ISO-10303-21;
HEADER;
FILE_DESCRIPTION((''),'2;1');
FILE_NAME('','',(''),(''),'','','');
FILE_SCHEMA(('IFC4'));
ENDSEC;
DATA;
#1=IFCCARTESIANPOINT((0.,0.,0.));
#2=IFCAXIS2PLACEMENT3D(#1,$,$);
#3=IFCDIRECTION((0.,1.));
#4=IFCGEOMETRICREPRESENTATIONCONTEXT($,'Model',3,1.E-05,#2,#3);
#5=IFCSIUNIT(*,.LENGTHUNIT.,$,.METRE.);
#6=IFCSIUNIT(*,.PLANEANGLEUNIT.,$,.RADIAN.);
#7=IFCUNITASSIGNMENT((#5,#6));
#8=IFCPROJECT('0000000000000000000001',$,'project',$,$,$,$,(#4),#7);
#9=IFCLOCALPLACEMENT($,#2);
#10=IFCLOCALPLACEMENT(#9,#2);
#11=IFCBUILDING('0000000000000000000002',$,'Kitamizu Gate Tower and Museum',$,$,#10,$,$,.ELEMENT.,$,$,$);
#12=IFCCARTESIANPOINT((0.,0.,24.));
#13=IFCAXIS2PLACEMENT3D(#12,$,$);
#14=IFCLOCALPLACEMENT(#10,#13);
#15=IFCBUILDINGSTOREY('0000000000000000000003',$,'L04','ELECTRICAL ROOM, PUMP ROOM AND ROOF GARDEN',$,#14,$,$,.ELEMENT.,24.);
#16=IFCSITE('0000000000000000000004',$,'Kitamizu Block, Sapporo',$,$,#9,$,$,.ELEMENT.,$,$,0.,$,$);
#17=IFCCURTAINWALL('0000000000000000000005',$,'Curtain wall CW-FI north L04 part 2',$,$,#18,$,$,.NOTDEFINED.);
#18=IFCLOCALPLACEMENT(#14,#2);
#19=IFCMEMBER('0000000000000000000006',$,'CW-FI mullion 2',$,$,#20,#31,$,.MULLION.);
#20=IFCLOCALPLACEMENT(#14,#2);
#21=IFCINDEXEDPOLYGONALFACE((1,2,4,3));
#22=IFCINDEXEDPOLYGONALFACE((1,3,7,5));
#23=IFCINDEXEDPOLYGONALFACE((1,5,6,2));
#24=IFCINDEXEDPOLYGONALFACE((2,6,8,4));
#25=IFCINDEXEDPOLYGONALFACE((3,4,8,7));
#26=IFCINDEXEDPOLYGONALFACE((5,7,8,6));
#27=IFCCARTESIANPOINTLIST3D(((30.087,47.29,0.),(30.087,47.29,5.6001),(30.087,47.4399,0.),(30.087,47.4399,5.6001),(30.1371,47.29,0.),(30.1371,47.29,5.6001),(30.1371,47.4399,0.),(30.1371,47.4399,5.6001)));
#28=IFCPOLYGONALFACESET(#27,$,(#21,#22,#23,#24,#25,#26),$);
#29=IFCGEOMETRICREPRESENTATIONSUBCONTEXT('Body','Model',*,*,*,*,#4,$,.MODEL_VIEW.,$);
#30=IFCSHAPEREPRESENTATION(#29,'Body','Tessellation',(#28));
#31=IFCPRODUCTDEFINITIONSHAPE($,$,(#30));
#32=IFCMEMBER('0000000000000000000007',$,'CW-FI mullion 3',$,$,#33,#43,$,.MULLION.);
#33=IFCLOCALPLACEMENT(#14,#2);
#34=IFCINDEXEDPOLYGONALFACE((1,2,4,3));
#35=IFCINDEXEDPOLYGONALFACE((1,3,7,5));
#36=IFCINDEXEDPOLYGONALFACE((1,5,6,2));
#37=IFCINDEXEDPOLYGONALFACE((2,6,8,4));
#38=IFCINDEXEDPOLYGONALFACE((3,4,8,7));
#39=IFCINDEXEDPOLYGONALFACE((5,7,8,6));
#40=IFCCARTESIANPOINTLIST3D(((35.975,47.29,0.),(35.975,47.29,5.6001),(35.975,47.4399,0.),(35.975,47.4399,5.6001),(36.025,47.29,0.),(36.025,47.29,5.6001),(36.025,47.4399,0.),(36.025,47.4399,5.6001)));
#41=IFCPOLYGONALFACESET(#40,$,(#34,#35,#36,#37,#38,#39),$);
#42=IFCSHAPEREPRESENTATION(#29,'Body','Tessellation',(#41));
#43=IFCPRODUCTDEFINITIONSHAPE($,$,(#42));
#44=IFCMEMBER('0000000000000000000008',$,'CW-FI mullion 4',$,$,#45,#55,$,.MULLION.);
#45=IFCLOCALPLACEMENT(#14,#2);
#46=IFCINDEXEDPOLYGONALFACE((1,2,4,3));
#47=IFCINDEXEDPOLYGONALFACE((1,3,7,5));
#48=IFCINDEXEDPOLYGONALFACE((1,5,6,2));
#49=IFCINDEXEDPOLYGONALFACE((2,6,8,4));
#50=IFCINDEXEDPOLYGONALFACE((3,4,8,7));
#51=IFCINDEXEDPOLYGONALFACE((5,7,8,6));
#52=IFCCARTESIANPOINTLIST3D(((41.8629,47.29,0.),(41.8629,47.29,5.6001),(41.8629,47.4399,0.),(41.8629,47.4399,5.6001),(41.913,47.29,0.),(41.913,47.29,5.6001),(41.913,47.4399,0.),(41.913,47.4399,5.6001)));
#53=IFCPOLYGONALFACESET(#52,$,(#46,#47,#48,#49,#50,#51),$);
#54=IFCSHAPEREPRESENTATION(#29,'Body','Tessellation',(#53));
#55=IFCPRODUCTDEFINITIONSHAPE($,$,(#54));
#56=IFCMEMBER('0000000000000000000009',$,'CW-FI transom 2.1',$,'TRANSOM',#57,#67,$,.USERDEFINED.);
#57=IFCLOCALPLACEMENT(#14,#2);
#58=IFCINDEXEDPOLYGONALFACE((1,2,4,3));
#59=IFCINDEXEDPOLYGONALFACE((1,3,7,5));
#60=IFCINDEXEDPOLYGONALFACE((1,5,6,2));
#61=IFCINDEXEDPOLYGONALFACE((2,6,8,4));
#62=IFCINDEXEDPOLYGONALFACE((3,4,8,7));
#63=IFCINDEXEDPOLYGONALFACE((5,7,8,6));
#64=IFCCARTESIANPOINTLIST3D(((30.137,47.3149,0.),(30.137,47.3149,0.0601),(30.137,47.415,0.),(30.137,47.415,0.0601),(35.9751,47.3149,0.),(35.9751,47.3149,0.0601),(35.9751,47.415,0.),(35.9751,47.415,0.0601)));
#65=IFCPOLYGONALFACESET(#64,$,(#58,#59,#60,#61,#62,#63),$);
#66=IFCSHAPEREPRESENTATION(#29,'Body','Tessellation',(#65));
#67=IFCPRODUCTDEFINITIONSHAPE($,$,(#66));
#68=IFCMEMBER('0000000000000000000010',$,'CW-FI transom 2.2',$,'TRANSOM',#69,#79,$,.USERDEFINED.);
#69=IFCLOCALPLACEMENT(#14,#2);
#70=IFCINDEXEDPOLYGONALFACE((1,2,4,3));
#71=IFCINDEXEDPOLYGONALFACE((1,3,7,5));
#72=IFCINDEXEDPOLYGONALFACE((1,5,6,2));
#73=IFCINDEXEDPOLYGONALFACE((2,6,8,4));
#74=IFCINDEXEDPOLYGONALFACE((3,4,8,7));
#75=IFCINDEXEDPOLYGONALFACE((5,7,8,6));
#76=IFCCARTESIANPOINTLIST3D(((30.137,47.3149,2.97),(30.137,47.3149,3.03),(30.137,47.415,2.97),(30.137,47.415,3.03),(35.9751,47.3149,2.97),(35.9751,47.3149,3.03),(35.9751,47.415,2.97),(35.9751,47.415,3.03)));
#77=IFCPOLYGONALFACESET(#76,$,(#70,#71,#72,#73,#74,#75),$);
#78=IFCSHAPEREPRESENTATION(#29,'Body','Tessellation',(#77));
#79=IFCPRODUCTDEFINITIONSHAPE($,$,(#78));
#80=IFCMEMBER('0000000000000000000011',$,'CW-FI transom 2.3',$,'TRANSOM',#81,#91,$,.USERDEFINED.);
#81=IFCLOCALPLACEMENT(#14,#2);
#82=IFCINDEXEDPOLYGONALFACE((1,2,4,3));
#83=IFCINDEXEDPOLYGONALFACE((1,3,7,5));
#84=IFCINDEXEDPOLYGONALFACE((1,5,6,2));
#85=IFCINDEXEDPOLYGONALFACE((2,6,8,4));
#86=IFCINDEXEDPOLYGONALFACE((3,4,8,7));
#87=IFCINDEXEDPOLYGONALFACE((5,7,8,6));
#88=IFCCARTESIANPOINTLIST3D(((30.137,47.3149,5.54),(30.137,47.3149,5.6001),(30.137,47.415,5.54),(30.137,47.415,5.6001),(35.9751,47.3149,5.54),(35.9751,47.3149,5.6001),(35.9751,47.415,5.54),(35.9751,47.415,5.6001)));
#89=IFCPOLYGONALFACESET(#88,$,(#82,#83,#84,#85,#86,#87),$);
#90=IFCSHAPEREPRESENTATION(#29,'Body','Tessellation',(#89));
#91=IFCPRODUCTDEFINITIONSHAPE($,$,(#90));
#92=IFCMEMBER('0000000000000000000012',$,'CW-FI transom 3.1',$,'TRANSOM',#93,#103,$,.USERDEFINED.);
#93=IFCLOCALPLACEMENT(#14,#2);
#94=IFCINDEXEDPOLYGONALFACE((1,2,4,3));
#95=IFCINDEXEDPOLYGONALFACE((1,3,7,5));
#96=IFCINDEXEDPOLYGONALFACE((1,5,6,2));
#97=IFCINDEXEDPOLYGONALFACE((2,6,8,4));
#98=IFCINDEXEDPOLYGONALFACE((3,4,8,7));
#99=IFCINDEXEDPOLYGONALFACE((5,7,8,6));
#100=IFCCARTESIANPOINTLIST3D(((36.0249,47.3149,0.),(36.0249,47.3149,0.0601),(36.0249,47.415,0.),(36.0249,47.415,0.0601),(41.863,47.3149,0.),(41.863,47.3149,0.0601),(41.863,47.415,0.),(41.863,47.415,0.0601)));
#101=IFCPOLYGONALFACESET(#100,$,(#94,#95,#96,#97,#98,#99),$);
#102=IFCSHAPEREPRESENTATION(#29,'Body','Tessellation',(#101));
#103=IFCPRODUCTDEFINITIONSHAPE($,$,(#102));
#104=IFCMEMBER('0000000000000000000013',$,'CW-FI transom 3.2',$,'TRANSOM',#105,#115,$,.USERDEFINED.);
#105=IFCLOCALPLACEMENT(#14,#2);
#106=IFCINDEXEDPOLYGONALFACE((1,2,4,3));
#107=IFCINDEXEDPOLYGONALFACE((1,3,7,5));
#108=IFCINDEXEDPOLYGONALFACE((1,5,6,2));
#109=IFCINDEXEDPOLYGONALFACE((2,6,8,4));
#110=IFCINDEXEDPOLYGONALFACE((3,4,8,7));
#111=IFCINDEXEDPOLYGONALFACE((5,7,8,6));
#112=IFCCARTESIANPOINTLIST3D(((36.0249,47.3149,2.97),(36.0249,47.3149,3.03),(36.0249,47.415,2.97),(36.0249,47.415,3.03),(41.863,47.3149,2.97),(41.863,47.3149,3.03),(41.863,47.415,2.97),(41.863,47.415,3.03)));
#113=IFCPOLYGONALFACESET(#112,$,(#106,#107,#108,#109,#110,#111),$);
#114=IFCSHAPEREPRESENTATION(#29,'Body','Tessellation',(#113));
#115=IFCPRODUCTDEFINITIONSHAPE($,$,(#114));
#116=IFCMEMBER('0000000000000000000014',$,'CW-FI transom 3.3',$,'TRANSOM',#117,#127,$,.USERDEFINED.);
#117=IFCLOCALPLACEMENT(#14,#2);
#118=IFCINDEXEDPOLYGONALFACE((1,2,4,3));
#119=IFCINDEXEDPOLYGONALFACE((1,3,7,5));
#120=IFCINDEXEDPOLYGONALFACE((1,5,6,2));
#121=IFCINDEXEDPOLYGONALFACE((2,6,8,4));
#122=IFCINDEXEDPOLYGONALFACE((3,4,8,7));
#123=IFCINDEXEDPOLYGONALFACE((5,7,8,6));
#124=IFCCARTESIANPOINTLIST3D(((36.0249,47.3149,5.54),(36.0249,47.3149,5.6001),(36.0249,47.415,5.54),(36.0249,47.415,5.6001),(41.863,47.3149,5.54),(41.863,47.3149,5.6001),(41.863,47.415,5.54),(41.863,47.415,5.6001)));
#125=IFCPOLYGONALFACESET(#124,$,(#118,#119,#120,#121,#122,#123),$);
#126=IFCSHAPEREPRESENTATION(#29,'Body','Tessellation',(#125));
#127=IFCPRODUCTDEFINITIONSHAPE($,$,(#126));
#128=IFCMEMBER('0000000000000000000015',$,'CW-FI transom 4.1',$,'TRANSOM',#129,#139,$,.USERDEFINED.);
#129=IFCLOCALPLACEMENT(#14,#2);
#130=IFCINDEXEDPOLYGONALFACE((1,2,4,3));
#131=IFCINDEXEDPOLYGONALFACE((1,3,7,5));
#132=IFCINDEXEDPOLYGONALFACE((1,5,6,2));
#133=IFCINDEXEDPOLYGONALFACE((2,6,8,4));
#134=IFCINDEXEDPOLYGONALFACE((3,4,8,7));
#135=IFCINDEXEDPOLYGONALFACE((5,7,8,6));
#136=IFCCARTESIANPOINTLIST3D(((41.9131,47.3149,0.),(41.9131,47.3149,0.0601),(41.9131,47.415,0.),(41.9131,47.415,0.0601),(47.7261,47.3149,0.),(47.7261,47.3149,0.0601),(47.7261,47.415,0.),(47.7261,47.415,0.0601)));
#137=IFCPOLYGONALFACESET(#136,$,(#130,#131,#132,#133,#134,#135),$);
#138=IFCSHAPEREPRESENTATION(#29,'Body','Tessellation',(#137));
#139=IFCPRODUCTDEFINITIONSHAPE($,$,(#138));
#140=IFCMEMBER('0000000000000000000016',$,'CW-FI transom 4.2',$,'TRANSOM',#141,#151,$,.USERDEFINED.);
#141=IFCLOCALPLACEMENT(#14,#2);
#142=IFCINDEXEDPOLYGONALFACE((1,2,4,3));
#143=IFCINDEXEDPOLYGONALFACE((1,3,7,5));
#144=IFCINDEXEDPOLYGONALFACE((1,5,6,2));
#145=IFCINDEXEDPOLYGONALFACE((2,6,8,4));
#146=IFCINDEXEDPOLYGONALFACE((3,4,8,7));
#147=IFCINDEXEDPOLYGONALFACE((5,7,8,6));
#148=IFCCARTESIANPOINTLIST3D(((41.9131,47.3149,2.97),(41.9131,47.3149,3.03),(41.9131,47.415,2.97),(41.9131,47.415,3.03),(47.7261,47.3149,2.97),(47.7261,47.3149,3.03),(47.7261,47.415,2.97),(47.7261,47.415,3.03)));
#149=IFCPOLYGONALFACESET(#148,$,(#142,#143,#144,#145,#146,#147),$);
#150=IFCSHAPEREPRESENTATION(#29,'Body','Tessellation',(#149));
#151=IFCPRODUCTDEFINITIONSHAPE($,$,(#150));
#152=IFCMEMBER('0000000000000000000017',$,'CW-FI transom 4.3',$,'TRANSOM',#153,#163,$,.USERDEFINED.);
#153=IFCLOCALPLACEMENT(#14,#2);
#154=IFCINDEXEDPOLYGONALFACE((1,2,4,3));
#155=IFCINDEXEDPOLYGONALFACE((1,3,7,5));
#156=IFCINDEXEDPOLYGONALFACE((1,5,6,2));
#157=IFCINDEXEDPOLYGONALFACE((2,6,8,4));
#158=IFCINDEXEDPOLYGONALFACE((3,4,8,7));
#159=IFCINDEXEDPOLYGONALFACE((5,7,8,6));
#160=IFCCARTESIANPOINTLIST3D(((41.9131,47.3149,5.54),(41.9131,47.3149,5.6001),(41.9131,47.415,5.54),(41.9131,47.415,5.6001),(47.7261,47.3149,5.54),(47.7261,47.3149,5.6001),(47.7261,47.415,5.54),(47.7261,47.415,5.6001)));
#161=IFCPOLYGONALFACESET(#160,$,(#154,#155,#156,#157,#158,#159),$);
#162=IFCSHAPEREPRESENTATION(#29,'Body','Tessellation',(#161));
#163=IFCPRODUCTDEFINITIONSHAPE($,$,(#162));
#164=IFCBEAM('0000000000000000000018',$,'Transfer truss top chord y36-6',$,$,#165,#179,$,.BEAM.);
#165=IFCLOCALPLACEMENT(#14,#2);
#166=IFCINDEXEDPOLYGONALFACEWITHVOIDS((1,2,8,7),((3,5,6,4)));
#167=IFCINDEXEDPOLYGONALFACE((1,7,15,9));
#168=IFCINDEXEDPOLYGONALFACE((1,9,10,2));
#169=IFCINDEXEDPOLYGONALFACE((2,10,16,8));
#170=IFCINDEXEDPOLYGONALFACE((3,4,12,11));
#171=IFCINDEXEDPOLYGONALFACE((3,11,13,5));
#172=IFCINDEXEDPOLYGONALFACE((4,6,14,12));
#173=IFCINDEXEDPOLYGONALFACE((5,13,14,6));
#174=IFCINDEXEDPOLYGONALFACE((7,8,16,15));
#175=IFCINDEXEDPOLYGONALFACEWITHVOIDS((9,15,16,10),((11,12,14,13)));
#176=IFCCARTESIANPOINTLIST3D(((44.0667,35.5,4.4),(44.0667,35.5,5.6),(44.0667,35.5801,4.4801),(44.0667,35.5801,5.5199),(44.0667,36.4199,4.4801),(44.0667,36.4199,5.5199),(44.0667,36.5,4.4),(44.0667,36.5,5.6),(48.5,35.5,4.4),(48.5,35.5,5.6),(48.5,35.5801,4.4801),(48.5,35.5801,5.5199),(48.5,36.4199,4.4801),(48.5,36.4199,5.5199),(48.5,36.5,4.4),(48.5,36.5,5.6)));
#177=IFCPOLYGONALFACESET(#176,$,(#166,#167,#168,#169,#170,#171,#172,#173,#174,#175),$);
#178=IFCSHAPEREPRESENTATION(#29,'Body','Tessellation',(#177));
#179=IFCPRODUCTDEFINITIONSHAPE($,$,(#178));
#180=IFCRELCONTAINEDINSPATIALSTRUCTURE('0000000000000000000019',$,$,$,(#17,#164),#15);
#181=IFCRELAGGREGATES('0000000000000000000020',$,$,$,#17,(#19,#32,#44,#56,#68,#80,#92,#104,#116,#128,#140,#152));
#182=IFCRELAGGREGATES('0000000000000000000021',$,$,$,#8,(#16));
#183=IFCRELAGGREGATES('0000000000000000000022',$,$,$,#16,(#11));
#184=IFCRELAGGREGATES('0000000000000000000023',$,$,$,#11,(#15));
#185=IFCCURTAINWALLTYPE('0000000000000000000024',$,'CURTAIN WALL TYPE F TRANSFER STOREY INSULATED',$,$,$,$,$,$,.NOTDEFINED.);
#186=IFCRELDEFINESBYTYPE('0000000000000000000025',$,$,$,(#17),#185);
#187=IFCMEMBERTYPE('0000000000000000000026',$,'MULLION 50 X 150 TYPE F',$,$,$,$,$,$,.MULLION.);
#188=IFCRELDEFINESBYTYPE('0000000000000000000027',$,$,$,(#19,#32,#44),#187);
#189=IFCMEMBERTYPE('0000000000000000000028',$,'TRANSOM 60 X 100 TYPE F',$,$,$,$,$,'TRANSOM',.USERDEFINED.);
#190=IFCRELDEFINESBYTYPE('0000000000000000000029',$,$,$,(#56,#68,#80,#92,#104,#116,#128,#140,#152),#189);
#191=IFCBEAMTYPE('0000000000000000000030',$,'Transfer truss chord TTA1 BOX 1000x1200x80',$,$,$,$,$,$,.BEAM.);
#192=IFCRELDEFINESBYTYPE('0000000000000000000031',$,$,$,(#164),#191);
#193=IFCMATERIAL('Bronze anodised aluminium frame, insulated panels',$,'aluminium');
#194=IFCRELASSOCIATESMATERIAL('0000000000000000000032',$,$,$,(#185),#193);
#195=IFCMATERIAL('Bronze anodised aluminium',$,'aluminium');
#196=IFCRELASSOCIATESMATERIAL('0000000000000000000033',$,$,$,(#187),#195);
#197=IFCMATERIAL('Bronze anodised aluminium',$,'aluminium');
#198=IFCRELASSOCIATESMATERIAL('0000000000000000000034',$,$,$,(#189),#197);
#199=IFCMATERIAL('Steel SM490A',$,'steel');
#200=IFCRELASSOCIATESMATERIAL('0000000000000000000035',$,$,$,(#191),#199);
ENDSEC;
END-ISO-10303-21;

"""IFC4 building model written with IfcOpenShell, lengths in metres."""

from ifc_helpers import new_model, si_unit, direction, frame, origin, origin_2d, place, context, subcontext, project, spatial, rectangle, hollow_rectangle, extrude, material, material_profile, profile_set, type_object, element, aggregate, save


model = new_model("IFC4")

# Units and contexts
model_context = context("Model", 3, precision=1e-05, world=origin(), true_north=direction((0.0, 1.0)))
body_context = subcontext(model_context, "Body", "Model", "MODEL_VIEW")
ifc_project = project(units=[si_unit("LENGTHUNIT", "METRE"), si_unit("PLANEANGLEUNIT", "RADIAN")], contexts=[model_context])

# Site, building, storey
site_placement = place(None, origin())
site = spatial("IfcSite", under=ifc_project, at=site_placement, Name="Kitamizu Block, Sapporo", CompositionType="ELEMENT", RefElevation=0.0)
building_placement = place(site_placement, origin())
building = spatial("IfcBuilding", under=site, at=building_placement, Name="Kitamizu Gate Tower and Museum", CompositionType="ELEMENT")
storey_placement = place(building_placement, frame((0.0, 0.0, 24.0)))
storey = spatial("IfcBuildingStorey", under=building, at=storey_placement, Name="L04", Description="ELECTRICAL ROOM, PUMP ROOM AND ROOF GARDEN", CompositionType="ELEMENT", Elevation=24.0)

# Curtain wall, members
ifc_material_1 = material(Name="Bronze anodised aluminium frame, insulated panels", Category="aluminium")
curtain_wall_type = type_object("IfcCurtainWallType", Name="CURTAIN WALL TYPE F TRANSFER STOREY INSULATED", PredefinedType="NOTDEFINED", material=ifc_material_1)
curtain_wall_placement = place(storey_placement, origin())
curtain_wall = element("IfcCurtainWall", 1, at=curtain_wall_placement, inside=storey, type_object=curtain_wall_type, Name="Curtain wall CW-FI north L04 part 2", PredefinedType="NOTDEFINED")
ifc_material_2 = material(Name="Bronze anodised aluminium", Category="aluminium")
ifc_material_profile_1 = material_profile(ifc_material_2, rectangle(XDim=0.05, YDim=0.1499, at=origin_2d()), Name="AL 50X150")
ifc_profile_set_1 = profile_set([ifc_material_profile_1], Name="Bronze anodised aluminium")
member_type_1 = type_object("IfcMemberType", Name="MULLION 50 X 150 TYPE F", PredefinedType="MULLION", material=ifc_profile_set_1)
member_1_placement = place(storey_placement, frame((30.1121, 47.365, 0.0), z_axis=(0.0, 0.0, 1.0), x_axis=(1.0, 0.0, 0.0)))
member_1 = element("IfcMember", 2, at=member_1_placement, type_object=member_type_1, Name="CW-FI mullion 2", PredefinedType="MULLION", context=body_context, shape_type="SweptSolid", body=[
    extrude(rectangle(XDim=0.05, YDim=0.1499, at=origin_2d()), origin(), (0.0, 0.0, 1.0), 5.6001),
])
member_2_placement = place(storey_placement, frame((36.0, 47.365, 0.0), z_axis=(0.0, 0.0, 1.0), x_axis=(1.0, 0.0, 0.0)))
member_2 = element("IfcMember", 3, at=member_2_placement, type_object=member_type_1, Name="CW-FI mullion 3", PredefinedType="MULLION", context=body_context, shape_type="SweptSolid", body=[
    extrude(rectangle(XDim=0.05, YDim=0.1499, at=origin_2d()), origin(), (0.0, 0.0, 1.0), 5.6001),
])
member_3_placement = place(storey_placement, frame((41.8879, 47.365, 0.0), z_axis=(0.0, 0.0, 1.0), x_axis=(1.0, 0.0, 0.0)))
member_3 = element("IfcMember", 4, at=member_3_placement, type_object=member_type_1, Name="CW-FI mullion 4", PredefinedType="MULLION", context=body_context, shape_type="SweptSolid", body=[
    extrude(rectangle(XDim=0.05, YDim=0.1499, at=origin_2d()), origin(), (0.0, 0.0, 1.0), 5.6001),
])
ifc_material_3 = material(Name="Bronze anodised aluminium", Category="aluminium")
ifc_material_profile_2 = material_profile(ifc_material_3, rectangle(XDim=0.1001, YDim=0.0601, at=origin_2d()), Name="AL 60X100")
ifc_profile_set_2 = profile_set([ifc_material_profile_2], Name="Bronze anodised aluminium")
member_type_2 = type_object("IfcMemberType", Name="TRANSOM 60 X 100 TYPE F", ElementType="TRANSOM", PredefinedType="USERDEFINED", material=ifc_profile_set_2)
member_4_placement = place(storey_placement, frame((30.137, 47.365, 0.03), z_axis=(1.0, 0.0, 0.0), x_axis=(0.0, 1.0, 0.0)))
member_4 = element("IfcMember", 5, at=member_4_placement, type_object=member_type_2, Name="CW-FI transom 2.1", ObjectType="TRANSOM", PredefinedType="USERDEFINED", context=body_context, shape_type="SweptSolid", body=[
    extrude(rectangle(XDim=0.1001, YDim=0.0601, at=origin_2d()), origin(), (0.0, 0.0, 1.0), 5.8381),
])
member_5_placement = place(storey_placement, frame((30.137, 47.365, 3.0), z_axis=(1.0, 0.0, 0.0), x_axis=(0.0, 1.0, 0.0)))
member_5 = element("IfcMember", 6, at=member_5_placement, type_object=member_type_2, Name="CW-FI transom 2.2", ObjectType="TRANSOM", PredefinedType="USERDEFINED", context=body_context, shape_type="SweptSolid", body=[
    extrude(rectangle(XDim=0.1001, YDim=0.0601, at=origin_2d()), origin(), (0.0, 0.0, 1.0), 5.8381),
])
member_6_placement = place(storey_placement, frame((30.137, 47.365, 5.5701), z_axis=(1.0, 0.0, 0.0), x_axis=(0.0, 1.0, 0.0)))
member_6 = element("IfcMember", 7, at=member_6_placement, type_object=member_type_2, Name="CW-FI transom 2.3", ObjectType="TRANSOM", PredefinedType="USERDEFINED", context=body_context, shape_type="SweptSolid", body=[
    extrude(rectangle(XDim=0.1001, YDim=0.0601, at=origin_2d()), origin(), (0.0, 0.0, 1.0), 5.8381),
])
member_7_placement = place(storey_placement, frame((36.0249, 47.365, 0.03), z_axis=(1.0, 0.0, 0.0), x_axis=(0.0, 1.0, 0.0)))
member_7 = element("IfcMember", 8, at=member_7_placement, type_object=member_type_2, Name="CW-FI transom 3.1", ObjectType="TRANSOM", PredefinedType="USERDEFINED", context=body_context, shape_type="SweptSolid", body=[
    extrude(rectangle(XDim=0.1001, YDim=0.0601, at=origin_2d()), origin(), (0.0, 0.0, 1.0), 5.8381),
])
member_8_placement = place(storey_placement, frame((36.0249, 47.365, 3.0), z_axis=(1.0, 0.0, 0.0), x_axis=(0.0, 1.0, 0.0)))
member_8 = element("IfcMember", 9, at=member_8_placement, type_object=member_type_2, Name="CW-FI transom 3.2", ObjectType="TRANSOM", PredefinedType="USERDEFINED", context=body_context, shape_type="SweptSolid", body=[
    extrude(rectangle(XDim=0.1001, YDim=0.0601, at=origin_2d()), origin(), (0.0, 0.0, 1.0), 5.8381),
])
member_9_placement = place(storey_placement, frame((36.0249, 47.365, 5.5701), z_axis=(1.0, 0.0, 0.0), x_axis=(0.0, 1.0, 0.0)))
member_9 = element("IfcMember", 10, at=member_9_placement, type_object=member_type_2, Name="CW-FI transom 3.3", ObjectType="TRANSOM", PredefinedType="USERDEFINED", context=body_context, shape_type="SweptSolid", body=[
    extrude(rectangle(XDim=0.1001, YDim=0.0601, at=origin_2d()), origin(), (0.0, 0.0, 1.0), 5.8381),
])
member_10_placement = place(storey_placement, frame((41.9131, 47.365, 0.03), z_axis=(1.0, 0.0, 0.0), x_axis=(0.0, 1.0, 0.0)))
member_10 = element("IfcMember", 11, at=member_10_placement, type_object=member_type_2, Name="CW-FI transom 4.1", ObjectType="TRANSOM", PredefinedType="USERDEFINED", context=body_context, shape_type="SweptSolid", body=[
    extrude(rectangle(XDim=0.1001, YDim=0.0601, at=origin_2d()), origin(), (0.0, 0.0, 1.0), 5.813),
])
member_11_placement = place(storey_placement, frame((41.9131, 47.365, 3.0), z_axis=(1.0, 0.0, 0.0), x_axis=(0.0, 1.0, 0.0)))
member_11 = element("IfcMember", 12, at=member_11_placement, type_object=member_type_2, Name="CW-FI transom 4.2", ObjectType="TRANSOM", PredefinedType="USERDEFINED", context=body_context, shape_type="SweptSolid", body=[
    extrude(rectangle(XDim=0.1001, YDim=0.0601, at=origin_2d()), origin(), (0.0, 0.0, 1.0), 5.813),
])
member_12_placement = place(storey_placement, frame((41.9131, 47.365, 5.5701), z_axis=(1.0, 0.0, 0.0), x_axis=(0.0, 1.0, 0.0)))
member_12 = element("IfcMember", 13, at=member_12_placement, type_object=member_type_2, Name="CW-FI transom 4.3", ObjectType="TRANSOM", PredefinedType="USERDEFINED", context=body_context, shape_type="SweptSolid", body=[
    extrude(rectangle(XDim=0.1001, YDim=0.0601, at=origin_2d()), origin(), (0.0, 0.0, 1.0), 5.813),
])

# Beam
ifc_material_4 = material(Name="Steel SM490A", Category="steel")
ifc_material_profile_3 = material_profile(ifc_material_4, hollow_rectangle(XDim=1.0, YDim=1.2, WallThickness=0.0801, at=origin_2d()), Name="BOX 1000x1200x80")
ifc_profile_set_3 = profile_set([ifc_material_profile_3], Name="Steel SM490A")
beam_type_1 = type_object("IfcBeamType", Name="Transfer truss chord TTA1 BOX 1000x1200x80", PredefinedType="BEAM", material=ifc_profile_set_3)
beam_1_placement = place(storey_placement, frame((44.0667, 36.0, 5.0), z_axis=(1.0, 0.0, 0.0), x_axis=(0.0, 1.0, 0.0)))
element("IfcBeam", 14, at=beam_1_placement, inside=storey, type_object=beam_type_1, Name="Transfer truss top chord y36-6", PredefinedType="BEAM", context=body_context, shape_type="SweptSolid", body=[
    extrude(hollow_rectangle(XDim=1.0, YDim=1.2, WallThickness=0.0801, at=origin_2d()), origin(), (0.0, 0.0, 1.0), 4.4333),
])

aggregate(curtain_wall, [member_1, member_2, member_3, member_4, member_5, member_6, member_7, member_8, member_9, member_10, member_11, member_12])

save(model, "model.ifc")
